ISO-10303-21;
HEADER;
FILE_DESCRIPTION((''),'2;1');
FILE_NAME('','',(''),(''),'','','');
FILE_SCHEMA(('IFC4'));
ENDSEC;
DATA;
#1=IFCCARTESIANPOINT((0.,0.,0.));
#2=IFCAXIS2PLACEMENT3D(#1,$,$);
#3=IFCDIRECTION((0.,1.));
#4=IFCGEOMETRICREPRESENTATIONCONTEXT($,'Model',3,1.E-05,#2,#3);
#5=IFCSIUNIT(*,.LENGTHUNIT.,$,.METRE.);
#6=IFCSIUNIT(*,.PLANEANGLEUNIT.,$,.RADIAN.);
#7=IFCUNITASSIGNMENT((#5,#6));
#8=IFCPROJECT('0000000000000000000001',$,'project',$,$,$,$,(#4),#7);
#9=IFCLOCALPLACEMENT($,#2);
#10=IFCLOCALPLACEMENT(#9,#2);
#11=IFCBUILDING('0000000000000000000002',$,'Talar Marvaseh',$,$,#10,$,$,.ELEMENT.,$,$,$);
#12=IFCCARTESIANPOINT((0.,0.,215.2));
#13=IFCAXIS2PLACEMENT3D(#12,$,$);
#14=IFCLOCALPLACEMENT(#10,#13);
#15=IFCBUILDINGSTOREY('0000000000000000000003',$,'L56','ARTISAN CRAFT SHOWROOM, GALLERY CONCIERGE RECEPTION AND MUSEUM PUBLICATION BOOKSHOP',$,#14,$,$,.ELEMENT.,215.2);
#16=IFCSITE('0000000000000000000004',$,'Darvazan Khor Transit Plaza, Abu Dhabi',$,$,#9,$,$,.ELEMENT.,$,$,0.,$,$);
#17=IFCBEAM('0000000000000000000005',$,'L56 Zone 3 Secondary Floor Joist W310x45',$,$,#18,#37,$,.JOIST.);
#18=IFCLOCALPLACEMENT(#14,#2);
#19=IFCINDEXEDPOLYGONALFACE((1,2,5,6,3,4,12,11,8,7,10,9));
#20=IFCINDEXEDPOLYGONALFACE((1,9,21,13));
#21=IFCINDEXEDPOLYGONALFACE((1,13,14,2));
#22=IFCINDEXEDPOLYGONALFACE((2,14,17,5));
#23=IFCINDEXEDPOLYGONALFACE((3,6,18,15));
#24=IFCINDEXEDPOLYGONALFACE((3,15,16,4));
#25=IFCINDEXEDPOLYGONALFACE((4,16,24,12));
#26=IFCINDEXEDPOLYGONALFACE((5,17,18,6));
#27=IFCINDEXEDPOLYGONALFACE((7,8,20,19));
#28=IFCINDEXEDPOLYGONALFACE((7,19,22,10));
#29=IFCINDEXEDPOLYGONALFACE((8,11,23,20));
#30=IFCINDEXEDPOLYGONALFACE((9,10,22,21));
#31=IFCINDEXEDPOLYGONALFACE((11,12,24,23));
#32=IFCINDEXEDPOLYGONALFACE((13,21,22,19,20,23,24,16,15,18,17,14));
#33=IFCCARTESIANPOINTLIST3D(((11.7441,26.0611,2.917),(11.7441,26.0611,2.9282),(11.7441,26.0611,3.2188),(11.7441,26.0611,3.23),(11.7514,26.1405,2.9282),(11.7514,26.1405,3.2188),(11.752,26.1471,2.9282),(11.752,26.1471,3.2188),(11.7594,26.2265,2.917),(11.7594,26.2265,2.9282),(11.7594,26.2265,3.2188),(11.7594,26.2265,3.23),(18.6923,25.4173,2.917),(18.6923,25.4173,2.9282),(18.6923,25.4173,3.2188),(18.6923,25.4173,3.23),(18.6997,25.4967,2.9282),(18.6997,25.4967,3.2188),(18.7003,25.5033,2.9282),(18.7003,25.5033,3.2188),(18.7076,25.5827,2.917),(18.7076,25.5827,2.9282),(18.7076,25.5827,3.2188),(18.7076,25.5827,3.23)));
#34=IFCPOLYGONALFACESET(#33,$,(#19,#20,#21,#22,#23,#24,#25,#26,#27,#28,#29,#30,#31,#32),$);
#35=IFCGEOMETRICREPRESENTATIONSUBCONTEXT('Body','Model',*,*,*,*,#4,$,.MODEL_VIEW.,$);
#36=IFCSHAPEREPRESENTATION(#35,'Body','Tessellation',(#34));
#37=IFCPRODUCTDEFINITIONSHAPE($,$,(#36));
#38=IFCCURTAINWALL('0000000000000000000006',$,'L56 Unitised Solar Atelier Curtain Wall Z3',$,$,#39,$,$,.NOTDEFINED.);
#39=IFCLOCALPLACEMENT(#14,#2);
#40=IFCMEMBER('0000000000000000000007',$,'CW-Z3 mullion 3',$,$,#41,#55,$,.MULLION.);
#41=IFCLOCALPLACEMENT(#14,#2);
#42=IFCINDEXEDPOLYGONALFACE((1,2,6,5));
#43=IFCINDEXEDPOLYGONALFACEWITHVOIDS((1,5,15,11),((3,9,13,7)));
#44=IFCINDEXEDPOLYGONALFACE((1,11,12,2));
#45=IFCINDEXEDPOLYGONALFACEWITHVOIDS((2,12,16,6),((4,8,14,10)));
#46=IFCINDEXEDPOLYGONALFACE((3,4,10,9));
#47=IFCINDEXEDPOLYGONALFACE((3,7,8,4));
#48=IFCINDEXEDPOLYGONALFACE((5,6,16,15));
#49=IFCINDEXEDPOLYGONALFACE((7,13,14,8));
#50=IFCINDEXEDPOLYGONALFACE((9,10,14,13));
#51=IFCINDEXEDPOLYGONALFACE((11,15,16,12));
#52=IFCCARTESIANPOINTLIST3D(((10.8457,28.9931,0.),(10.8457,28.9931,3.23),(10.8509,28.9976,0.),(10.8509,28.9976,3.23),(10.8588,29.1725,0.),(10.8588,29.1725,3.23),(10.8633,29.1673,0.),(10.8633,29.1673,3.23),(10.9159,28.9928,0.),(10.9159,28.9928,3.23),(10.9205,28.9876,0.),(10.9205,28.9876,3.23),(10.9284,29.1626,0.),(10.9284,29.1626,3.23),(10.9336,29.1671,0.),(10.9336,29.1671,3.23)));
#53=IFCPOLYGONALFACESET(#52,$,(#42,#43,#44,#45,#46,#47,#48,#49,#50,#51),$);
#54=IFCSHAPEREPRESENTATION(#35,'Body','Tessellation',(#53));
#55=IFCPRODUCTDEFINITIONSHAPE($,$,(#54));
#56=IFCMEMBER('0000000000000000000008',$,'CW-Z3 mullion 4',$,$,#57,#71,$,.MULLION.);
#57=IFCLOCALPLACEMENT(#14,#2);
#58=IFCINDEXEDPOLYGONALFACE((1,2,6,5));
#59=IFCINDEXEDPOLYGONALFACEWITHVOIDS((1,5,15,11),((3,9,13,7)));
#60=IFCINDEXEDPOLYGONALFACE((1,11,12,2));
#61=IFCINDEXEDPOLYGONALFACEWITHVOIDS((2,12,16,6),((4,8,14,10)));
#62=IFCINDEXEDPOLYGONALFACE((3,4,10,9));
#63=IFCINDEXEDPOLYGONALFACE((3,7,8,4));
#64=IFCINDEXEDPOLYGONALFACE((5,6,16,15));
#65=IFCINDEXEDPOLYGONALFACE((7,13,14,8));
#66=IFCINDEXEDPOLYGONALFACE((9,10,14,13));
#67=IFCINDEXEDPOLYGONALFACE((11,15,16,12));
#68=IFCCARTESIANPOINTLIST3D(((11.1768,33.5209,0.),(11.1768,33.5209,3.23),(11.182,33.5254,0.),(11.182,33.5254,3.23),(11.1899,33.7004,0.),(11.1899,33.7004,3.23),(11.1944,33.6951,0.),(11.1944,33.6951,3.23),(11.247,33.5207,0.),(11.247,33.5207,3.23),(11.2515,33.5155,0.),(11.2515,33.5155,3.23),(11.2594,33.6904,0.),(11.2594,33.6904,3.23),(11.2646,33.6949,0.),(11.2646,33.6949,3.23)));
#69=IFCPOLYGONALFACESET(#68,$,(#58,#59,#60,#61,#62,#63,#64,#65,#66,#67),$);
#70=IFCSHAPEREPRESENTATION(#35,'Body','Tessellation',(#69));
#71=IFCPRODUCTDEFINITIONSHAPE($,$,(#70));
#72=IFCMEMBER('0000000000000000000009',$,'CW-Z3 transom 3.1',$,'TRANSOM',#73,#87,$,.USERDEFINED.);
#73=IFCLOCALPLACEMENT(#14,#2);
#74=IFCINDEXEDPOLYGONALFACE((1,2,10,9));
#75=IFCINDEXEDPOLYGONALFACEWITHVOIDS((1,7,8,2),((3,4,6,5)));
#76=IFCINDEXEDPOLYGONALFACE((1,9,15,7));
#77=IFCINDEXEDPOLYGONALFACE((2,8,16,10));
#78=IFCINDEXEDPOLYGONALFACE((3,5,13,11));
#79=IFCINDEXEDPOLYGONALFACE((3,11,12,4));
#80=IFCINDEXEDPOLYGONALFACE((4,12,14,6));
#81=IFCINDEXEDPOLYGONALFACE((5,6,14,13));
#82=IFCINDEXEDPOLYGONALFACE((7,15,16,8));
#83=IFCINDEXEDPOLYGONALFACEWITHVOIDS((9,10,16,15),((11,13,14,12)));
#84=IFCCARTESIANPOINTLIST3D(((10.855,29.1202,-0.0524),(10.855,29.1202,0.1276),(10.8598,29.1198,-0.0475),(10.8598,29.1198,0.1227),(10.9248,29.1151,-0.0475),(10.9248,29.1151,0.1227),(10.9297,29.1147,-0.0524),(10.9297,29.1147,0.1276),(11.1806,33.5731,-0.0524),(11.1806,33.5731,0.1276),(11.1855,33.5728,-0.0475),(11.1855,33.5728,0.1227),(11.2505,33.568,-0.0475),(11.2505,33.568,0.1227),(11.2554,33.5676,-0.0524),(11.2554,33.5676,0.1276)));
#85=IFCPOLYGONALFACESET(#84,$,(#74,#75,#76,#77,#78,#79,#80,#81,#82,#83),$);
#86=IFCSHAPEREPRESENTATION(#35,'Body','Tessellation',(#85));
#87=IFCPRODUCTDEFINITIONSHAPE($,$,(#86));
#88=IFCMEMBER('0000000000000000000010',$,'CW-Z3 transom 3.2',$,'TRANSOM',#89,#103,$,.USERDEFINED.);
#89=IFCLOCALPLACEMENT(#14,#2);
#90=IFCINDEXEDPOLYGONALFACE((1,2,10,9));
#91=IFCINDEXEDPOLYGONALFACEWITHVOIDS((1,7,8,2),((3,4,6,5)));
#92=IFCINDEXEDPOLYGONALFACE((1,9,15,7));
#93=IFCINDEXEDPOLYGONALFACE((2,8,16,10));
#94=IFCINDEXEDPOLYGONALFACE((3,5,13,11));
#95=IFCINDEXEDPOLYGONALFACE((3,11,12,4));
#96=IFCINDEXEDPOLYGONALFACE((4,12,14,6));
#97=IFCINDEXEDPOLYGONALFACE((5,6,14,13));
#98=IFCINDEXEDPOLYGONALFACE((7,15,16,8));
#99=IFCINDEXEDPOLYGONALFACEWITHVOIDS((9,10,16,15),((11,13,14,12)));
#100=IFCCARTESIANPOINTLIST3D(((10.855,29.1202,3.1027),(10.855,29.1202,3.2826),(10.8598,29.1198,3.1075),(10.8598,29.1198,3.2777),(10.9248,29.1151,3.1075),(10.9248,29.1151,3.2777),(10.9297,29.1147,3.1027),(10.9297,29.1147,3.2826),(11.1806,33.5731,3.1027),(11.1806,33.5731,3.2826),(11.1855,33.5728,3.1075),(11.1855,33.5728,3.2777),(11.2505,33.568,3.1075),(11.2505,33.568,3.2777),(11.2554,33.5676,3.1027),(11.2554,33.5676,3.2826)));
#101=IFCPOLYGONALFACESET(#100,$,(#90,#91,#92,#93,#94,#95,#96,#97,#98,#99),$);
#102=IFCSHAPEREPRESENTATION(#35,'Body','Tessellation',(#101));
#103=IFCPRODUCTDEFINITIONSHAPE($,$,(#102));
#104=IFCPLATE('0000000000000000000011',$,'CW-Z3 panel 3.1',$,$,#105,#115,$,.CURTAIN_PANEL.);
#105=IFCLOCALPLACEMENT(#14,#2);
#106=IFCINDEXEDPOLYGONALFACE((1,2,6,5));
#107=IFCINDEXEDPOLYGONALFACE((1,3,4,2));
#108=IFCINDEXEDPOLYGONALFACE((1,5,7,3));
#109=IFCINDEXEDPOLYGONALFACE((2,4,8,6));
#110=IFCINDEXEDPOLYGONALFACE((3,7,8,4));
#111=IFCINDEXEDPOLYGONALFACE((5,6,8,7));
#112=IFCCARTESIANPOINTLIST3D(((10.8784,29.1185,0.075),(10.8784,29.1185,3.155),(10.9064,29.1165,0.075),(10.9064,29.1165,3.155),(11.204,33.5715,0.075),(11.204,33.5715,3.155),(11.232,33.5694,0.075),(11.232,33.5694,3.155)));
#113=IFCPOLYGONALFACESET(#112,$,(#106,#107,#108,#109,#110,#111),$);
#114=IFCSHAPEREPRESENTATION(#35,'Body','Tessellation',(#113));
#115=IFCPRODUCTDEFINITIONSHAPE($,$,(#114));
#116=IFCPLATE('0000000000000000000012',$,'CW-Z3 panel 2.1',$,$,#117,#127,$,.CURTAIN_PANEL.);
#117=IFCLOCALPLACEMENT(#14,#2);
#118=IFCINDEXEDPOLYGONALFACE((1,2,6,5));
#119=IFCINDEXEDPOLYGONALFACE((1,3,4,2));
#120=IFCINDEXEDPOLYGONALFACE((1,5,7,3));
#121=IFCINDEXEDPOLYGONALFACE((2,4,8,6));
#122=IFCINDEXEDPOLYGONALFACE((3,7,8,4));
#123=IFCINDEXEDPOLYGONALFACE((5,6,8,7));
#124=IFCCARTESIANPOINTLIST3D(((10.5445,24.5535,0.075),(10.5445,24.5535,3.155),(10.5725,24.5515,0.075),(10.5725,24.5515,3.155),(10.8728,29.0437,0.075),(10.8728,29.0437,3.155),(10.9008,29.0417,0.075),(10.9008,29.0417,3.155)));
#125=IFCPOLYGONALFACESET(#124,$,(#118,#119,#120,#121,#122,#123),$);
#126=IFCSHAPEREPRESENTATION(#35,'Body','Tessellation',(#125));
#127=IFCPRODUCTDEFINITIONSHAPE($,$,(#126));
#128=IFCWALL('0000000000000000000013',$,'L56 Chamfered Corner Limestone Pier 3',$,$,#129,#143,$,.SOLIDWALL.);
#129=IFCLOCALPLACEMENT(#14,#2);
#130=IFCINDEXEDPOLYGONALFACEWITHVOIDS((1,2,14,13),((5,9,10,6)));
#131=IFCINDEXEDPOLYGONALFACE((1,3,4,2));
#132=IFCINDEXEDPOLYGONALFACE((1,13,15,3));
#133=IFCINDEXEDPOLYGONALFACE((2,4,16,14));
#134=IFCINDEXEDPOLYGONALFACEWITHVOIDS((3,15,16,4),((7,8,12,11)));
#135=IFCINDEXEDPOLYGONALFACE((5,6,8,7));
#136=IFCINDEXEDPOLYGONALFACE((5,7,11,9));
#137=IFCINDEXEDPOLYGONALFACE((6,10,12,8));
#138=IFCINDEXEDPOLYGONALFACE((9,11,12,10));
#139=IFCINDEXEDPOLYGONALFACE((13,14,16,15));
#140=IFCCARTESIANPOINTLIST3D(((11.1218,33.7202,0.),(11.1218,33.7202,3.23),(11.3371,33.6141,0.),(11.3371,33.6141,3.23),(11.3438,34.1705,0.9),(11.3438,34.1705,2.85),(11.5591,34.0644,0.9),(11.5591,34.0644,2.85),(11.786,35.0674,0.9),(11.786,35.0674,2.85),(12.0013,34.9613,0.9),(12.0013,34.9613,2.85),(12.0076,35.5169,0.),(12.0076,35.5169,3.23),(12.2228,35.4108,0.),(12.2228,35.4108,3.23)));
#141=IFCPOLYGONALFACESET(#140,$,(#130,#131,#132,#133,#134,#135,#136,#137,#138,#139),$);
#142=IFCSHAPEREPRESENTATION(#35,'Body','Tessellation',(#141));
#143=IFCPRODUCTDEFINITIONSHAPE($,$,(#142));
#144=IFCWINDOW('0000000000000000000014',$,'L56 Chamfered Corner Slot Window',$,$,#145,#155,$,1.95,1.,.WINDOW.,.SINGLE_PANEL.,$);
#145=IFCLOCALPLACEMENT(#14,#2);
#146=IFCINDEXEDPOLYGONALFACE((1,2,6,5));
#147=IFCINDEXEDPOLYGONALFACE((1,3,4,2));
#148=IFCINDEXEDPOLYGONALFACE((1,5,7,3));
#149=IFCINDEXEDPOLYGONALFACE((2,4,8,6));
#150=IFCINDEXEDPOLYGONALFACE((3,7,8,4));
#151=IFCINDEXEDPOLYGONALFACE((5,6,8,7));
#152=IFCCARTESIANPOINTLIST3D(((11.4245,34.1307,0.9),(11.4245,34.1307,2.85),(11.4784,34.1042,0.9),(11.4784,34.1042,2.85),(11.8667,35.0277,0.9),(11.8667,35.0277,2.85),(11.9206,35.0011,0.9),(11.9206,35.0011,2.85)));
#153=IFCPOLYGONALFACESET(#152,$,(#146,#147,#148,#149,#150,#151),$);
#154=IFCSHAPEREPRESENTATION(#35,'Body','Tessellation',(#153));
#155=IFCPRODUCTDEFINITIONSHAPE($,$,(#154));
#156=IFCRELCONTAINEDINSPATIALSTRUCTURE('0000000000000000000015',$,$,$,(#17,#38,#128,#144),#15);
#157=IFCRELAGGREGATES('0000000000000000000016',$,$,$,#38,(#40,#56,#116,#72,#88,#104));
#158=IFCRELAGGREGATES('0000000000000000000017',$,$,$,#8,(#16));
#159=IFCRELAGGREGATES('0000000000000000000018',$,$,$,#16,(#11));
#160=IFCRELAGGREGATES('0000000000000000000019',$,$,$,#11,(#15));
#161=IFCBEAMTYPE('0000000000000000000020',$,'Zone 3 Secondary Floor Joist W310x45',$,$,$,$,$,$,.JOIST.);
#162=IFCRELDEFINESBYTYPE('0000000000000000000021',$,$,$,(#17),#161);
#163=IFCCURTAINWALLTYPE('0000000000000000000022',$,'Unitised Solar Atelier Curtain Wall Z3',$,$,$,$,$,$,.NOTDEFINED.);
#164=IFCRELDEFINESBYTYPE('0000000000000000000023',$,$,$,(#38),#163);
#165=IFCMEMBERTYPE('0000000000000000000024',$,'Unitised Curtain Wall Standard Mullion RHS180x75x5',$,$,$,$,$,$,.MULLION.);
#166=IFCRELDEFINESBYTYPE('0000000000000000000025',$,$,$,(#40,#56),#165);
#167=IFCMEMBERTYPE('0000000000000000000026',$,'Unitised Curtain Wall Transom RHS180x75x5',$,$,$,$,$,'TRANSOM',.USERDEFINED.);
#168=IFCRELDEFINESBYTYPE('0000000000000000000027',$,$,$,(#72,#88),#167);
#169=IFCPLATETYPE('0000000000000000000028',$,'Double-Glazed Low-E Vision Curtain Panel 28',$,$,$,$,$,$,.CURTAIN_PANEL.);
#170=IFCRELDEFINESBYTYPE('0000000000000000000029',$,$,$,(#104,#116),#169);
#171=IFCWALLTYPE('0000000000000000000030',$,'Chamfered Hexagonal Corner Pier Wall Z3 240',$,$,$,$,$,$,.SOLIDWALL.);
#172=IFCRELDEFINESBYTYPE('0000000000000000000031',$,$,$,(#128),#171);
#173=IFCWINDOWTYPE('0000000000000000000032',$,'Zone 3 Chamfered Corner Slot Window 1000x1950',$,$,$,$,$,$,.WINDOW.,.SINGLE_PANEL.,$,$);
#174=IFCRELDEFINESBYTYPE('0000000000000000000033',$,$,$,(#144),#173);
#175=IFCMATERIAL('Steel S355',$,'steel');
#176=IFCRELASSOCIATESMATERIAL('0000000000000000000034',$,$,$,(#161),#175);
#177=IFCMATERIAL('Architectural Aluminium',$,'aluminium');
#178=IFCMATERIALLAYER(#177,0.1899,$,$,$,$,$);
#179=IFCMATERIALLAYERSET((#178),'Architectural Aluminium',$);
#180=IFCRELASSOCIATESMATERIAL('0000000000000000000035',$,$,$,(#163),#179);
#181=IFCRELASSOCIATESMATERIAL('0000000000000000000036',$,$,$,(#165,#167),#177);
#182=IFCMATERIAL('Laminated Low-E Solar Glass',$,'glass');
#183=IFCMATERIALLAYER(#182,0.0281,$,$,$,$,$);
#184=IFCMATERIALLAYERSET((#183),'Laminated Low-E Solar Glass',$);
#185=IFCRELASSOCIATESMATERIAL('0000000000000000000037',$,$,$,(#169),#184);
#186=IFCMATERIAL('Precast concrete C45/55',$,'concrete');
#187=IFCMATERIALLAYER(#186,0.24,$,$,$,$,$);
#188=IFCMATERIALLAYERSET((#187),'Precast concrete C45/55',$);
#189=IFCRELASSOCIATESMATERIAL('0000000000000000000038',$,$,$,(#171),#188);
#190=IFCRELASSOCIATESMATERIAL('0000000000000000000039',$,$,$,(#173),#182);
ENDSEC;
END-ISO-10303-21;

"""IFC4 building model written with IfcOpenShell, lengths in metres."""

from ifc_helpers import new_model, si_unit, direction, frame, frame_2d, origin, origin_2d, place, context, subcontext, project, spatial, rectangle, hollow_rectangle, i_section, extrude, source, transform, mapped, material, layer, layer_set, material_profile, profile_set, type_object, type_shapes, element, fill, aggregate, save


model = new_model("IFC4")

# Units and contexts
model_context = context("Model", 3, precision=1e-05, world=origin(), true_north=direction((0.0, 1.0)))
body_context = subcontext(model_context, "Body", "Model", "MODEL_VIEW")
ifc_project = project(units=[si_unit("LENGTHUNIT", "METRE"), si_unit("PLANEANGLEUNIT", "RADIAN")], contexts=[model_context])

# Site, building, storey
site_placement = place(None, origin())
site = spatial("IfcSite", under=ifc_project, at=site_placement, Name="Darvazan Khor Transit Plaza, Abu Dhabi", CompositionType="ELEMENT", RefElevation=0.0)
building_placement = place(site_placement, origin())
building = spatial("IfcBuilding", under=site, at=building_placement, Name="Talar Marvaseh", CompositionType="ELEMENT")
storey_placement = place(building_placement, frame((0.0, 0.0, 215.2)))
storey = spatial("IfcBuildingStorey", under=building, at=storey_placement, Name="L56", Description="ARTISAN CRAFT SHOWROOM, GALLERY CONCIERGE RECEPTION AND MUSEUM PUBLICATION BOOKSHOP", CompositionType="ELEMENT", Elevation=215.2)

# Beam
ifc_material_1 = material(Name="Steel S355", Category="steel")
ifc_material_profile_1 = material_profile(ifc_material_1, i_section(OverallWidth=0.166, OverallDepth=0.313, WebThickness=0.0066, FlangeThickness=0.0112, at=origin_2d()), Name="W310x45")
ifc_profile_set_1 = profile_set([ifc_material_profile_1], Name="Steel S355")
beam_type = type_object("IfcBeamType", Name="Zone 3 Secondary Floor Joist W310x45", PredefinedType="JOIST", material=ifc_profile_set_1)
beam_placement = place(storey_placement, frame((11.7517, 26.1438, 3.0735), z_axis=(0.995735, -0.092261, 0.0), x_axis=(0.092261, 0.995735, 0.0)))
element("IfcBeam", 1, at=beam_placement, inside=storey, type_object=beam_type, Name="L56 Zone 3 Secondary Floor Joist W310x45", PredefinedType="JOIST", context=body_context, shape_type="SweptSolid", body=[
    extrude(i_section(OverallWidth=0.166, OverallDepth=0.313, WebThickness=0.0066, FlangeThickness=0.0112, at=origin_2d()), origin(), (0.0, 0.0, 1.0), 6.978),
])

# Curtain wall, members, plates
ifc_material_2 = material(Name="Architectural Aluminium", Category="aluminium")
ifc_layer_1 = layer(ifc_material_2, 0.1899)
ifc_layer_set_1 = layer_set([ifc_layer_1], Name="Architectural Aluminium")
curtain_wall_type = type_object("IfcCurtainWallType", Name="Unitised Solar Atelier Curtain Wall Z3", PredefinedType="NOTDEFINED", material=ifc_layer_set_1)
curtain_wall_placement = place(storey_placement, origin())
curtain_wall = element("IfcCurtainWall", 2, at=curtain_wall_placement, inside=storey, type_object=curtain_wall_type, Name="L56 Unitised Solar Atelier Curtain Wall Z3", PredefinedType="NOTDEFINED")
ifc_material_profile_2 = material_profile(ifc_material_2, hollow_rectangle(XDim=0.075, YDim=0.1799, WallThickness=0.0049, at=origin_2d()), Name="RHS180x75x5")
ifc_profile_set_2 = profile_set([ifc_material_profile_2], Name="Architectural Aluminium")
member_type_1 = type_object("IfcMemberType", Name="Unitised Curtain Wall Standard Mullion RHS180x75x5", PredefinedType="MULLION", material=ifc_profile_set_2)
shared_shape_1 = source(origin(), body_context, "Body", "SweptSolid", [
    extrude(hollow_rectangle(XDim=0.075, YDim=0.1799, WallThickness=0.0049, at=origin_2d()), origin(), (0.0, 0.0, 1.0), 3.23),
])
type_shapes(member_type_1, [shared_shape_1])
member_1_placement = place(storey_placement, frame((10.8896, 29.0801, 0.0), z_axis=(0.0, 0.0, 1.0), x_axis=(-0.997337, 0.072926, 0.0)))
member_1 = element("IfcMember", 3, at=member_1_placement, type_object=member_type_1, Name="CW-Z3 mullion 3", PredefinedType="MULLION", context=body_context, shape_type="MappedRepresentation", body=[
    mapped(shared_shape_1, transform((0.0, 0.0, 0.0), x_axis=(1.0, 0.0, 0.0), y_axis=(0.0, 1.0, 0.0), z_axis=(0.0, 0.0, 1.0), scale=1.0)),
])
member_2_placement = place(storey_placement, frame((11.2207, 33.6079, 0.0), z_axis=(0.0, 0.0, 1.0), x_axis=(-0.997337, 0.072926, 0.0)))
member_2 = element("IfcMember", 4, at=member_2_placement, type_object=member_type_1, Name="CW-Z3 mullion 4", PredefinedType="MULLION", context=body_context, shape_type="MappedRepresentation", body=[
    mapped(shared_shape_1, transform((0.0, 0.0, 0.0), x_axis=(1.0, 0.0, 0.0), y_axis=(0.0, 1.0, 0.0), z_axis=(0.0, 0.0, 1.0), scale=1.0)),
])
ifc_material_profile_3 = material_profile(ifc_material_2, hollow_rectangle(XDim=0.075, YDim=0.1799, WallThickness=0.0049, at=origin_2d()), Name="RHS180x75x5")
ifc_profile_set_3 = profile_set([ifc_material_profile_3], Name="Architectural Aluminium")
member_type_2 = type_object("IfcMemberType", Name="Unitised Curtain Wall Transom RHS180x75x5", ElementType="TRANSOM", PredefinedType="USERDEFINED", material=ifc_profile_set_3)
shared_shape_2 = source(origin(), body_context, "Body", "SweptSolid", [
    extrude(hollow_rectangle(XDim=0.075, YDim=0.1799, WallThickness=0.0049, at=origin_2d()), origin(), (0.0, 0.0, 1.0), 4.4648),
])
type_shapes(member_type_2, [shared_shape_2])
member_3_placement = place(storey_placement, frame((10.8923, 29.1174, 0.0376), z_axis=(0.072945, 0.997336, 0.0), x_axis=(-0.997336, 0.072945, 0.0)))
member_3 = element("IfcMember", 5, at=member_3_placement, type_object=member_type_2, Name="CW-Z3 transom 3.1", ObjectType="TRANSOM", PredefinedType="USERDEFINED", context=body_context, shape_type="MappedRepresentation", body=[
    mapped(shared_shape_2, transform((0.0, 0.0, 0.0), x_axis=(1.0, 0.0, 0.0), y_axis=(0.0, 1.0, 0.0), z_axis=(0.0, 0.0, 1.0), scale=1.0)),
])
member_4_placement = place(storey_placement, frame((10.8923, 29.1174, 3.1926), z_axis=(0.072945, 0.997336, 0.0), x_axis=(-0.997336, 0.072945, 0.0)))
member_4 = element("IfcMember", 6, at=member_4_placement, type_object=member_type_2, Name="CW-Z3 transom 3.2", ObjectType="TRANSOM", PredefinedType="USERDEFINED", context=body_context, shape_type="MappedRepresentation", body=[
    mapped(shared_shape_2, transform((0.0, 0.0, 0.0), x_axis=(1.0, 0.0, 0.0), y_axis=(0.0, 1.0, 0.0), z_axis=(0.0, 0.0, 1.0), scale=1.0)),
])
ifc_material_3 = material(Name="Laminated Low-E Solar Glass", Category="glass")
ifc_layer_2 = layer(ifc_material_3, 0.0281)
ifc_layer_set_2 = layer_set([ifc_layer_2], Name="Laminated Low-E Solar Glass")
plate_type = type_object("IfcPlateType", Name="Double-Glazed Low-E Vision Curtain Panel 28", PredefinedType="CURTAIN_PANEL", material=ifc_layer_set_2)
shared_shape_3 = source(origin(), body_context, "Body", "SweptSolid", [
    extrude(rectangle(XDim=4.4648, YDim=0.0281, at=origin_2d()), origin(), (0.0, 0.0, 1.0), 3.0801),
])
plate_1_placement = place(storey_placement, frame((11.0552, 31.344, 0.075), z_axis=(0.0, 0.0, 1.0), x_axis=(0.072926, 0.997337, 0.0)))
plate_1 = element("IfcPlate", 7, at=plate_1_placement, type_object=plate_type, Name="CW-Z3 panel 3.1", PredefinedType="CURTAIN_PANEL", context=body_context, shape_type="MappedRepresentation", body=[
    mapped(shared_shape_3, transform((0.0, 0.0, 0.0), x_axis=(1.0, 0.0, 0.0), y_axis=(0.0, 1.0, 0.0), z_axis=(0.0, 0.0, 1.0), scale=1.0)),
])
shared_shape_4 = source(origin(), body_context, "Body", "SweptSolid", [
    extrude(rectangle(XDim=4.5022, YDim=0.0281, at=origin_2d()), origin(), (0.0, 0.0, 1.0), 3.0801),
])
type_shapes(plate_type, [shared_shape_3, shared_shape_4])
plate_2_placement = place(storey_placement, frame((10.7227, 26.7976, 0.075), z_axis=(0.0, 0.0, 1.0), x_axis=(0.072926, 0.997337, 0.0)))
plate_2 = element("IfcPlate", 8, at=plate_2_placement, type_object=plate_type, Name="CW-Z3 panel 2.1", PredefinedType="CURTAIN_PANEL", context=body_context, shape_type="MappedRepresentation", body=[
    mapped(shared_shape_4, transform((0.0, 0.0, 0.0), x_axis=(1.0, 0.0, 0.0), y_axis=(0.0, 1.0, 0.0), z_axis=(0.0, 0.0, 1.0), scale=1.0)),
])
aggregate(curtain_wall, [member_1, member_2, plate_2, member_3, member_4, plate_1])

# Wall, opening, window
ifc_material_4 = material(Name="Precast concrete C45/55", Category="concrete")
ifc_layer_3 = layer(ifc_material_4, 0.24)
ifc_layer_set_3 = layer_set([ifc_layer_3], Name="Precast concrete C45/55")
wall_type = type_object("IfcWallType", Name="Chamfered Hexagonal Corner Pier Wall Z3 240", PredefinedType="SOLIDWALL", material=ifc_layer_set_3)
wall_placement = place(storey_placement, frame((11.2295, 33.6672, 0.0), z_axis=(0.0, 0.0, 1.0), x_axis=(0.442185, 0.896924, 0.0)))
wall = element("IfcWall", 9, at=wall_placement, inside=storey, type_object=wall_type, Name="L56 Chamfered Corner Limestone Pier 3", PredefinedType="SOLIDWALL", context=body_context, shape_type="SweptSolid", body=[
    extrude(rectangle(XDim=2.0032, YDim=0.24, at=frame_2d((1.0015, 0.0))), origin(), (0.0, 0.0, 1.0), 3.23),
])
opening_placement = place(wall_placement, frame((0.502, 0.0, 0.8999)))
opening = element("IfcOpeningElement", 10, at=opening_placement, cuts=wall, PredefinedType="OPENING", context=body_context, shape_type="SweptSolid", body=[
    extrude(rectangle(XDim=1.0, YDim=1.95, at=frame_2d((0.5, 0.9751))), frame((0.0, 0.1299, 0.0), z_axis=(0.0, -1.0, 0.0), x_axis=(1.0, 0.0, 0.0)), (0.0, 0.0, 1.0), 0.26),
])
window_type = type_object("IfcWindowType", Name="Zone 3 Chamfered Corner Slot Window 1000x1950", PartitioningType="SINGLE_PANEL", PredefinedType="WINDOW", material=ifc_material_3)
shared_shape_5 = source(origin(), body_context, "Body", "SweptSolid", [
    extrude(rectangle(XDim=1.0, YDim=1.95, at=frame_2d((0.5, 0.9751))), frame((0.0, 0.03, 0.0), z_axis=(0.0, -1.0, 0.0), x_axis=(1.0, 0.0, 0.0)), (0.0, 0.0, 1.0), 0.0601),
])
type_shapes(window_type, [shared_shape_5])
window_placement = place(opening_placement, origin())
window = element("IfcWindow", 11, at=window_placement, inside=storey, type_object=window_type, Name="L56 Chamfered Corner Slot Window", OverallHeight=1.95, OverallWidth=1.0, PartitioningType="SINGLE_PANEL", PredefinedType="WINDOW", context=body_context, shape_type="MappedRepresentation", body=[
    mapped(shared_shape_5, transform((0.0, 0.0, 0.0), x_axis=(1.0, 0.0, 0.0), y_axis=(0.0, 1.0, 0.0), z_axis=(0.0, 0.0, 1.0), scale=1.0)),
])
fill(opening, window)

save(model, "model.ifc")
